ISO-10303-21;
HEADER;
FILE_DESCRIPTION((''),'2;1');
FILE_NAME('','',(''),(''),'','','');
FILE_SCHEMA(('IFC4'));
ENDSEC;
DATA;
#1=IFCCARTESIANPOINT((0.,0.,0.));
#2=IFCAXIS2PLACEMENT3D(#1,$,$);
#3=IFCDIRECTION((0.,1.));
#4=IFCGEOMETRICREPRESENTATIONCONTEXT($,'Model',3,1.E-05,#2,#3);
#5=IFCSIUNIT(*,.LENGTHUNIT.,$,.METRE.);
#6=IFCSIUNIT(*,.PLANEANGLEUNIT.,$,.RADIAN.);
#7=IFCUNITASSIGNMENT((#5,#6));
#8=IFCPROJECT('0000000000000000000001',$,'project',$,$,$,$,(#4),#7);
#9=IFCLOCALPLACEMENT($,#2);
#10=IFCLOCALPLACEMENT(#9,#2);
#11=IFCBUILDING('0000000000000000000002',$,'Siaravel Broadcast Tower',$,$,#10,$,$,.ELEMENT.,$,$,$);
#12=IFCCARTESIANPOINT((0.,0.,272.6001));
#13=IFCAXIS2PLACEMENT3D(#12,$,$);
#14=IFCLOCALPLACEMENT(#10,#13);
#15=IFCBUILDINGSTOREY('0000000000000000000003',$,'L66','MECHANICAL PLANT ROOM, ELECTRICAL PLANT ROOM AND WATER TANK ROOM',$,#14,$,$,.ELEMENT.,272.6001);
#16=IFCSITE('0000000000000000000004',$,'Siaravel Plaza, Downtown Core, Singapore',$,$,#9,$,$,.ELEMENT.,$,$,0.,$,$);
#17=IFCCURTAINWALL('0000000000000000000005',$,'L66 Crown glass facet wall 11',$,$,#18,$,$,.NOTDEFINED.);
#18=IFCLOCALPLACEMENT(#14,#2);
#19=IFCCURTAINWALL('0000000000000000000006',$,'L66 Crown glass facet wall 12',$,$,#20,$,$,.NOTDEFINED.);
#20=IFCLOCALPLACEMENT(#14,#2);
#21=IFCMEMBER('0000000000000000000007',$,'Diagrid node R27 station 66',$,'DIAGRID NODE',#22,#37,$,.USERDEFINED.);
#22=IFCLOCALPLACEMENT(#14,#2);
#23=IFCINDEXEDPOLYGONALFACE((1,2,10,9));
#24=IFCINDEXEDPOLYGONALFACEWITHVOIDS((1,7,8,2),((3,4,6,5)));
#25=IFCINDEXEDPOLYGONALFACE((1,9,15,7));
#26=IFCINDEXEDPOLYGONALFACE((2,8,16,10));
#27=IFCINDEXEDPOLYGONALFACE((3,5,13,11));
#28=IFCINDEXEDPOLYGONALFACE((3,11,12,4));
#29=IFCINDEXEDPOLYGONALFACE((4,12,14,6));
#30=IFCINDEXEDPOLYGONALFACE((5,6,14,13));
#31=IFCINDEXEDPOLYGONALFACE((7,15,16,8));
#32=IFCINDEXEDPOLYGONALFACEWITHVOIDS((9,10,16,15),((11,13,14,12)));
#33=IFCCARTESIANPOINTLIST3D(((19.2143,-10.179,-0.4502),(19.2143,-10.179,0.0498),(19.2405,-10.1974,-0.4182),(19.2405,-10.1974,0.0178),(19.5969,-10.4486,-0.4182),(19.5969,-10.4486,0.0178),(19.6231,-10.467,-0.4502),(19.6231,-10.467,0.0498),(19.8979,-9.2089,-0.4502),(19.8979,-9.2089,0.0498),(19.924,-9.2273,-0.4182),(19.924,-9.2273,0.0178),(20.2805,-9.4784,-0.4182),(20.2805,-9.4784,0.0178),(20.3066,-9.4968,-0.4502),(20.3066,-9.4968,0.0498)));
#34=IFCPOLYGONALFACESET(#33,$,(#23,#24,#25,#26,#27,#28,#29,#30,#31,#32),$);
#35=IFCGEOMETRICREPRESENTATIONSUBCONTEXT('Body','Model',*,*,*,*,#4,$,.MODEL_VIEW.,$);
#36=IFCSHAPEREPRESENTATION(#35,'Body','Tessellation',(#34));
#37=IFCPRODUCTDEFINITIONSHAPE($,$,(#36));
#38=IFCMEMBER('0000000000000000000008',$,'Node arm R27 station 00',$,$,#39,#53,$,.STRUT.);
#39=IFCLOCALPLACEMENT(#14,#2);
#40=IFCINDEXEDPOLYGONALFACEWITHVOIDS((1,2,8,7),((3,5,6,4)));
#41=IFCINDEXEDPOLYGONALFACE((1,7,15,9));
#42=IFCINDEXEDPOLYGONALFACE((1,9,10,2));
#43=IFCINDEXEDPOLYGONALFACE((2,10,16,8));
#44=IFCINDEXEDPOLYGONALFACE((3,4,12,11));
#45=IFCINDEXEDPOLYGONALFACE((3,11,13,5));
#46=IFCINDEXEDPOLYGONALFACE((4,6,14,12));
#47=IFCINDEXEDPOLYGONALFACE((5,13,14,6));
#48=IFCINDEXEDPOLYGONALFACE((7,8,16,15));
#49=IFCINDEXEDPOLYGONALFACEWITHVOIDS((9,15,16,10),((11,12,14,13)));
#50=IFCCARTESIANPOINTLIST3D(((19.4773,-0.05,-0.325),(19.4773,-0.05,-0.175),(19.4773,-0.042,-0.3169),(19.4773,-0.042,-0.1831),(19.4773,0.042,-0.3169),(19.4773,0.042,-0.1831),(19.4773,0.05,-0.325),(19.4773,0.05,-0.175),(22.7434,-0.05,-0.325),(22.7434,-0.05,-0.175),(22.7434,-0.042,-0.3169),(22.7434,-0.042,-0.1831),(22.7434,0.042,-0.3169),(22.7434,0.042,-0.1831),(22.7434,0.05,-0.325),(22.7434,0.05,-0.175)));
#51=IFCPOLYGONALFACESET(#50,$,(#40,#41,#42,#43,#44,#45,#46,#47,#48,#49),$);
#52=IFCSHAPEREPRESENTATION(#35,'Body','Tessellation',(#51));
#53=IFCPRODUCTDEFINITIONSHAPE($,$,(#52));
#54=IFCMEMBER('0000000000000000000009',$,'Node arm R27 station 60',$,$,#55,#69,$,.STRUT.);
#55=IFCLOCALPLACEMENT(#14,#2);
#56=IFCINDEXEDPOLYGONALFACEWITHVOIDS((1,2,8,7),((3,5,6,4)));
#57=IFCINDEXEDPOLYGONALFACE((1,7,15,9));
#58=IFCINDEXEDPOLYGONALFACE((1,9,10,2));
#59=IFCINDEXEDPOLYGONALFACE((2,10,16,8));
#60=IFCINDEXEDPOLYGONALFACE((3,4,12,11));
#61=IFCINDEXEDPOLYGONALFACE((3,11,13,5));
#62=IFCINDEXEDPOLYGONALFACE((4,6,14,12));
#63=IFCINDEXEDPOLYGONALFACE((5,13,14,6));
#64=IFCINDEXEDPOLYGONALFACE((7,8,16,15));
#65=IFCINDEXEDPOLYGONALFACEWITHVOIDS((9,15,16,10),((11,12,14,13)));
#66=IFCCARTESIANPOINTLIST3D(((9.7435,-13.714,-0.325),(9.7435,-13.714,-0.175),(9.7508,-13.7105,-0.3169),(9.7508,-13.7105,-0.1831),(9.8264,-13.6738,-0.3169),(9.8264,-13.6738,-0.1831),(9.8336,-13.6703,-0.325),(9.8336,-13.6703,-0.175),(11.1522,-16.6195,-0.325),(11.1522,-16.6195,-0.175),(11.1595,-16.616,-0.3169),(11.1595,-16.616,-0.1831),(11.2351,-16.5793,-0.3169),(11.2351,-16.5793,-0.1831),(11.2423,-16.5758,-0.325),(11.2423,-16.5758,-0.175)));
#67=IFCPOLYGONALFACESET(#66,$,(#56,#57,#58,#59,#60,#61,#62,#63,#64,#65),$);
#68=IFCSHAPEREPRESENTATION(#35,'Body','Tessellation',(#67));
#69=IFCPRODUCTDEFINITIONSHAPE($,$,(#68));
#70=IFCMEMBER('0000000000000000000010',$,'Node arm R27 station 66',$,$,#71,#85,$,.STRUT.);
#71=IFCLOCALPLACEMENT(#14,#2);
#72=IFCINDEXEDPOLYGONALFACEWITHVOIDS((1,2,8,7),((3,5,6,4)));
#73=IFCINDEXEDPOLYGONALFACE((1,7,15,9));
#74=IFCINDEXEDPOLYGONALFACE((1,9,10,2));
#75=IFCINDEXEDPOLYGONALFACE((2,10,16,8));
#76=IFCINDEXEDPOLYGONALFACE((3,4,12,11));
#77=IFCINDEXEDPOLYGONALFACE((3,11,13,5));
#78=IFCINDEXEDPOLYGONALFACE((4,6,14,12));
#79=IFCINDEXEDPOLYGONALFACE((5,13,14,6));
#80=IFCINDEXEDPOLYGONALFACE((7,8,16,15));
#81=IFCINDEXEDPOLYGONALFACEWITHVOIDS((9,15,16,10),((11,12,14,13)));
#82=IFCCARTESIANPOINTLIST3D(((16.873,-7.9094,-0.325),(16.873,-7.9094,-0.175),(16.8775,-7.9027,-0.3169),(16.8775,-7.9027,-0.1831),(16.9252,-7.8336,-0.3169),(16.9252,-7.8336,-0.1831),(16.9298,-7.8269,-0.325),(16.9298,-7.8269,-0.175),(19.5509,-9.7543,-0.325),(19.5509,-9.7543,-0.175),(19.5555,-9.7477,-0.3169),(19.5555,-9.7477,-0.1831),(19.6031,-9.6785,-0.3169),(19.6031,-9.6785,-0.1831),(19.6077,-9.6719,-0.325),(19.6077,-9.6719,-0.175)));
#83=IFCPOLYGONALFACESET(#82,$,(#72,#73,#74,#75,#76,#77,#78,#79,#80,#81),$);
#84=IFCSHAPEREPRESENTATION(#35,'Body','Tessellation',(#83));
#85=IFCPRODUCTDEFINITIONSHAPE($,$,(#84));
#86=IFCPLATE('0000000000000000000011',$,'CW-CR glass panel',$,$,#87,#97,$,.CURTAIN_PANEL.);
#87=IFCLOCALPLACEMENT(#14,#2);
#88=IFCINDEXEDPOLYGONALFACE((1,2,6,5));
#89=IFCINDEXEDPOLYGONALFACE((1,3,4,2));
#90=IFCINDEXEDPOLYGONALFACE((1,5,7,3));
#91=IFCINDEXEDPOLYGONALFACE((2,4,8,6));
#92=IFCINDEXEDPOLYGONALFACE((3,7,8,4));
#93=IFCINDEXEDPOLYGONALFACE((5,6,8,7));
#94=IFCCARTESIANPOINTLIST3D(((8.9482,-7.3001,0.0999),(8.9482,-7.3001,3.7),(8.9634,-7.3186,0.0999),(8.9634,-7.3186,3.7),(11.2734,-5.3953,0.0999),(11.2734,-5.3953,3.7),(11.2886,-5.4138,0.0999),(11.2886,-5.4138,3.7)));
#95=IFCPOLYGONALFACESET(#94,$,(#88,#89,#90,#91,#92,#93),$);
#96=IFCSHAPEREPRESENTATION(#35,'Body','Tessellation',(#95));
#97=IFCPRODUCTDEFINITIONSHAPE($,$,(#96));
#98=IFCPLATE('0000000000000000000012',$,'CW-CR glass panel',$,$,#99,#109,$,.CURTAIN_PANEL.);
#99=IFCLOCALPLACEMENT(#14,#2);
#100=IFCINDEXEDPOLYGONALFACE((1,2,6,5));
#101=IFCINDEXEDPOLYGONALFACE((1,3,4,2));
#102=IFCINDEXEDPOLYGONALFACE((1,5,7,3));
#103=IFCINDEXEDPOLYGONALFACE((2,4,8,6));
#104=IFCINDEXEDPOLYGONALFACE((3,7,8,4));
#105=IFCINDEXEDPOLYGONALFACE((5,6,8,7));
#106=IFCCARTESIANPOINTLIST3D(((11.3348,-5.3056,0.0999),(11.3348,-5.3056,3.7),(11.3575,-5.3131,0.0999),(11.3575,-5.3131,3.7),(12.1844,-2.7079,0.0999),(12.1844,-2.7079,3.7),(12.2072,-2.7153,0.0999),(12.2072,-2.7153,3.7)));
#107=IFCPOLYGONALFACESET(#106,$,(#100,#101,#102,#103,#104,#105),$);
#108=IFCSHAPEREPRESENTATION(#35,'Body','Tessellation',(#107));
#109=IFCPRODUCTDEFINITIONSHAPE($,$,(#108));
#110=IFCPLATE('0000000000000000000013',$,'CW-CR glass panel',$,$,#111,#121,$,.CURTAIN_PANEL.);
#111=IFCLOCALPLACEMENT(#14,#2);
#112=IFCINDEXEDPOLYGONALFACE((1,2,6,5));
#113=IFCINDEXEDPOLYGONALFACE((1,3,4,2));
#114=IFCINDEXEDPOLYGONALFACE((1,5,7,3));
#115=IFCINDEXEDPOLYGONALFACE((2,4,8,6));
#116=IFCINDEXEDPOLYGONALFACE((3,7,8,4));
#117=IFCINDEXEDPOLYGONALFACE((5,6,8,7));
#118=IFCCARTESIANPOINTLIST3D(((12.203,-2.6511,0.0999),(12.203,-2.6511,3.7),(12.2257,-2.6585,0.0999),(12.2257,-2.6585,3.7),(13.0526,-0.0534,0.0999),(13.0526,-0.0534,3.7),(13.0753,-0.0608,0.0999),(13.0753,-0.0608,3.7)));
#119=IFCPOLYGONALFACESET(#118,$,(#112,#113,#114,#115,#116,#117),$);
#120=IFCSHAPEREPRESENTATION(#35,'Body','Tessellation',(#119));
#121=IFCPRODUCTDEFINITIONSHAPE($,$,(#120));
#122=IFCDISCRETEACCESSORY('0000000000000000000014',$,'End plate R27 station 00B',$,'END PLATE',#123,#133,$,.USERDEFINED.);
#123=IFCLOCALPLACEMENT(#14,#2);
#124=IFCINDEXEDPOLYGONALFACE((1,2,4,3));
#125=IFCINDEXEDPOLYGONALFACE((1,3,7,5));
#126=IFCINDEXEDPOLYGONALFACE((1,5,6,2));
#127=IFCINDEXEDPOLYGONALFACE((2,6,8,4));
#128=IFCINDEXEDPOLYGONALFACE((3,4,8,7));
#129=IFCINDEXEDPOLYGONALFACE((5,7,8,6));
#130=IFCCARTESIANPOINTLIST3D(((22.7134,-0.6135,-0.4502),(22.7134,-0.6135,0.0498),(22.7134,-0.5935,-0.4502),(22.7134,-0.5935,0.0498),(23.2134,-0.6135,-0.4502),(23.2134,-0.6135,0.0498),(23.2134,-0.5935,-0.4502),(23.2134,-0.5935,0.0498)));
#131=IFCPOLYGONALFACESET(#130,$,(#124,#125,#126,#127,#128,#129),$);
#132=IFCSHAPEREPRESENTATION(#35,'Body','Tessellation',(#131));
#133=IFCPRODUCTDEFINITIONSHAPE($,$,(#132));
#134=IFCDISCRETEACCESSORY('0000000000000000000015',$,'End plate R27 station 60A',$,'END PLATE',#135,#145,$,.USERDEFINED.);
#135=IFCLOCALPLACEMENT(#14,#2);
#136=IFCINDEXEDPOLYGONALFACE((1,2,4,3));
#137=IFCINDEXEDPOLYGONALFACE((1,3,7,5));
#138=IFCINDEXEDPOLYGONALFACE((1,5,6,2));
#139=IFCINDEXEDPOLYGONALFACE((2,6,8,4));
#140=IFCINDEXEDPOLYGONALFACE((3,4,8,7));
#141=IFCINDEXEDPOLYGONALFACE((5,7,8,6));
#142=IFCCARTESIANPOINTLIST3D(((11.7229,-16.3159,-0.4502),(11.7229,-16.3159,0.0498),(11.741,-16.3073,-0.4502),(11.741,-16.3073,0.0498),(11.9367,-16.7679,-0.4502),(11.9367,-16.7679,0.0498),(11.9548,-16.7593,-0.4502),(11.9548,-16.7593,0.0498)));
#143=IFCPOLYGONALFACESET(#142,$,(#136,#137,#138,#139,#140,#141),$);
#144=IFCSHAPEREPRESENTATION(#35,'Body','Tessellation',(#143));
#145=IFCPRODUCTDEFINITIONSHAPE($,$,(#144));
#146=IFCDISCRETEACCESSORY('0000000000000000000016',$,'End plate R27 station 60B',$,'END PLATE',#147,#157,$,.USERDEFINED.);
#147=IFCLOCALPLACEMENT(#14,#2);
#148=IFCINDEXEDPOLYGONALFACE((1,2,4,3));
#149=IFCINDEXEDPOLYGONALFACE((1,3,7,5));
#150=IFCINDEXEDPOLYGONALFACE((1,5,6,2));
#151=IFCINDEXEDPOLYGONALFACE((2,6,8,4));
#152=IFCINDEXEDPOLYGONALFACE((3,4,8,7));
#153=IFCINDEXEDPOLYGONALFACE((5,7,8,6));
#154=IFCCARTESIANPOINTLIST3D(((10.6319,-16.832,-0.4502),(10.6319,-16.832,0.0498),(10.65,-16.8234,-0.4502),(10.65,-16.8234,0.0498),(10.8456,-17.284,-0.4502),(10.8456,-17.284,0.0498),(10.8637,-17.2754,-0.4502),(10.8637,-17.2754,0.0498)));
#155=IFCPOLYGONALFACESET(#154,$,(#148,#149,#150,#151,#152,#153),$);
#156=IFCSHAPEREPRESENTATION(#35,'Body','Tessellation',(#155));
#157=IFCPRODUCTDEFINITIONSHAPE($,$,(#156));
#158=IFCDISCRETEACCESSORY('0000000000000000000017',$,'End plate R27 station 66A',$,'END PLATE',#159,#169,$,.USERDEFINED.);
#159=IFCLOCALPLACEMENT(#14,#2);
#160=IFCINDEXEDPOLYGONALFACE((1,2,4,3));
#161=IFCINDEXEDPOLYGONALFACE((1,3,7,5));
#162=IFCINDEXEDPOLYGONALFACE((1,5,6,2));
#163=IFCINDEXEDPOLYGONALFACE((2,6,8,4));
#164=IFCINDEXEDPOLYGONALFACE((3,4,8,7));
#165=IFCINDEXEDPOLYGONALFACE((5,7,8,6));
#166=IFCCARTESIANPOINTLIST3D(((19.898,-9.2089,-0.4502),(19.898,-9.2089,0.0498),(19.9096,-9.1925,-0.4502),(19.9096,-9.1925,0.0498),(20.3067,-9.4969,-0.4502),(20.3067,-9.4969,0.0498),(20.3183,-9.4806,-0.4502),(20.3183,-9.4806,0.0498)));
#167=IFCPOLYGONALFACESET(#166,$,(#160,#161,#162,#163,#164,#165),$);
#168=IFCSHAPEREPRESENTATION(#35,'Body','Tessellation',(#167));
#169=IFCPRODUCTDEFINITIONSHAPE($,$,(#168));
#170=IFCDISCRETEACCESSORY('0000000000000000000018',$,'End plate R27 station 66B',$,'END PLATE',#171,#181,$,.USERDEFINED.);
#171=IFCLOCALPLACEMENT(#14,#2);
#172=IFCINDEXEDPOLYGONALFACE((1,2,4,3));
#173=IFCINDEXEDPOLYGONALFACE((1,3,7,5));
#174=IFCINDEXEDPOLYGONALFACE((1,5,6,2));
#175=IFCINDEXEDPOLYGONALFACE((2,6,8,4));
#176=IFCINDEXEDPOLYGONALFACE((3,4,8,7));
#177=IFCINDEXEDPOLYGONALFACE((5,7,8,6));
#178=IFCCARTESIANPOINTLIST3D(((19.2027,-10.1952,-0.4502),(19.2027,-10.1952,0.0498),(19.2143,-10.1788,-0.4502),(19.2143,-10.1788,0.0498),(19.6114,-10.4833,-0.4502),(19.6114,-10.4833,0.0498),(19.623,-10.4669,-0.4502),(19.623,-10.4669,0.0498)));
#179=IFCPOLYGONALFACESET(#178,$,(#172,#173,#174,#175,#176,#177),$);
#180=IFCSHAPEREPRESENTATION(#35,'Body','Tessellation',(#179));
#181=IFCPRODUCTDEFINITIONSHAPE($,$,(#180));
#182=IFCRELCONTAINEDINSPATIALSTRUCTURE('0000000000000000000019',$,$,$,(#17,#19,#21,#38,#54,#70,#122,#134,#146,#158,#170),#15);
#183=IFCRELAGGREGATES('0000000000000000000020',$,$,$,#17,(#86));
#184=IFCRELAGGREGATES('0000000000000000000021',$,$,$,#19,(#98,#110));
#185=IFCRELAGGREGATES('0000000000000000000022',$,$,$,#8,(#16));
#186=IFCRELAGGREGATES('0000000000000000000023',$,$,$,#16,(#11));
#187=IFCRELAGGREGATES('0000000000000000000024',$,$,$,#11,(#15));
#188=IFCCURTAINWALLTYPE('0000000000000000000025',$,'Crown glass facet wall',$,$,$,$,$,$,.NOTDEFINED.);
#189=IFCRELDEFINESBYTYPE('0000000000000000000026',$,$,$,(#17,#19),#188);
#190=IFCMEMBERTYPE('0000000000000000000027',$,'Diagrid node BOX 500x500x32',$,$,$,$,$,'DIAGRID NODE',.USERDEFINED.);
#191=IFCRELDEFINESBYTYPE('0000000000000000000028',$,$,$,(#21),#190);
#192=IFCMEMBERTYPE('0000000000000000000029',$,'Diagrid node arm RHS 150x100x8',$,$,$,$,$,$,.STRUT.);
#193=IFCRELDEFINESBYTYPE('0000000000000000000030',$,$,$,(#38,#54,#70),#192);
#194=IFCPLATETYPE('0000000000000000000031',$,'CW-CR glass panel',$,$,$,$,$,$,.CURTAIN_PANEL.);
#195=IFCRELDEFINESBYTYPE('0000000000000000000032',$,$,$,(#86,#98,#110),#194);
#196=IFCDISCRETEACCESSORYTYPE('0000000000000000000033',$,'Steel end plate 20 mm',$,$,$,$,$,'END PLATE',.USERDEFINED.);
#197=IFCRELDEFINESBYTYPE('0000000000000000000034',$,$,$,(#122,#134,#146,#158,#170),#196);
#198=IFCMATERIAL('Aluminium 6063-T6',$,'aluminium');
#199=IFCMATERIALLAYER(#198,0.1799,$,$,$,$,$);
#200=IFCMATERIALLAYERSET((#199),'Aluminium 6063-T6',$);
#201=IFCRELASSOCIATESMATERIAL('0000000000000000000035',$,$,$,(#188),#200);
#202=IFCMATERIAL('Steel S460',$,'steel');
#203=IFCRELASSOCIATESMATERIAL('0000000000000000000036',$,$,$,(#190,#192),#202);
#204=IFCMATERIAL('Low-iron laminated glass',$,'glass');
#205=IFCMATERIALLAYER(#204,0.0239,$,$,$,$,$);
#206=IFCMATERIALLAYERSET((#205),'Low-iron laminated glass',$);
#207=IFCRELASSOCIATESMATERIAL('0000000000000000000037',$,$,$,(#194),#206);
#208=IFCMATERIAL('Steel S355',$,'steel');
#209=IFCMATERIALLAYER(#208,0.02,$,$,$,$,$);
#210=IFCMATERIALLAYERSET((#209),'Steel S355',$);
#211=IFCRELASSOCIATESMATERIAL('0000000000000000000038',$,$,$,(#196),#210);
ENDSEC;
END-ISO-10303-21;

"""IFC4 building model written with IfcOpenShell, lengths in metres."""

from ifc_helpers import new_model, si_unit, direction, frame, origin, origin_2d, place, context, subcontext, project, spatial, rectangle, hollow_rectangle, extrude, material, layer, layer_set, material_profile, profile_set, type_object, element, aggregate, save


model = new_model("IFC4")

# Units and contexts
model_context = context("Model", 3, precision=1e-05, world=origin(), true_north=direction((0.0, 1.0)))
body_context = subcontext(model_context, "Body", "Model", "MODEL_VIEW")
ifc_project = project(units=[si_unit("LENGTHUNIT", "METRE"), si_unit("PLANEANGLEUNIT", "RADIAN")], contexts=[model_context])

# Site, building, storey
site_placement = place(None, origin())
site = spatial("IfcSite", under=ifc_project, at=site_placement, Name="Siaravel Plaza, Downtown Core, Singapore", CompositionType="ELEMENT", RefElevation=0.0)
building_placement = place(site_placement, origin())
building = spatial("IfcBuilding", under=site, at=building_placement, Name="Siaravel Broadcast Tower", CompositionType="ELEMENT")
storey_placement = place(building_placement, frame((0.0, 0.0, 272.6001)))
storey = spatial("IfcBuildingStorey", under=building, at=storey_placement, Name="L66", Description="MECHANICAL PLANT ROOM, ELECTRICAL PLANT ROOM AND WATER TANK ROOM", CompositionType="ELEMENT", Elevation=272.6001)

# Curtain walls
ifc_material_1 = material(Name="Aluminium 6063-T6", Category="aluminium")
ifc_layer_1 = layer(ifc_material_1, 0.1799)
ifc_layer_set_1 = layer_set([ifc_layer_1], Name="Aluminium 6063-T6")
curtain_wall_type = type_object("IfcCurtainWallType", Name="Crown glass facet wall", PredefinedType="NOTDEFINED", material=ifc_layer_set_1)
curtain_wall_1_placement = place(storey_placement, origin())
curtain_wall_1 = element("IfcCurtainWall", 1, at=curtain_wall_1_placement, inside=storey, type_object=curtain_wall_type, Name="L66 Crown glass facet wall 11", PredefinedType="NOTDEFINED")
curtain_wall_2_placement = place(storey_placement, origin())
curtain_wall_2 = element("IfcCurtainWall", 2, at=curtain_wall_2_placement, inside=storey, type_object=curtain_wall_type, Name="L66 Crown glass facet wall 12", PredefinedType="NOTDEFINED")

# Members
ifc_material_2 = material(Name="Steel S460", Category="steel")
ifc_material_profile_1 = material_profile(ifc_material_2, hollow_rectangle(XDim=0.5, YDim=0.5, WallThickness=0.032, at=origin_2d()))
ifc_profile_set_1 = profile_set([ifc_material_profile_1], Name="Steel S460")
member_type_1 = type_object("IfcMemberType", Name="Diagrid node BOX 500x500x32", ElementType="DIAGRID NODE", PredefinedType="USERDEFINED", material=ifc_profile_set_1)
for number, where, z_axis, x_axis, name in (
    (3, (19.4187, -10.323, -0.2002), (0.575972, 0.817469, 0.0), (-0.817469, 0.575972, 0.0), "Diagrid node R27 station 66"),
):
    element("IfcMember", number, at=place(storey_placement, frame(where, z_axis=z_axis, x_axis=x_axis)), inside=storey, type_object=member_type_1, Name=name, ObjectType="DIAGRID NODE", PredefinedType="USERDEFINED", context=body_context, shape_type="SweptSolid", body=[
        extrude(hollow_rectangle(XDim=0.5, YDim=0.5, WallThickness=0.032, at=origin_2d()), origin(), (0.0, 0.0, 1.0), 1.1868),
    ])
ifc_material_profile_2 = material_profile(ifc_material_2, hollow_rectangle(XDim=0.1001, YDim=0.1499, WallThickness=0.0081, at=origin_2d()))
ifc_profile_set_2 = profile_set([ifc_material_profile_2], Name="Steel S460")
member_type_2 = type_object("IfcMemberType", Name="Diagrid node arm RHS 150x100x8", PredefinedType="STRUT", material=ifc_profile_set_2)
member_1_placement = place(storey_placement, frame((19.4773, 0.0, -0.25), z_axis=(1.0, 0.0, 0.0), x_axis=(0.0, 1.0, 0.0)))
element("IfcMember", 4, at=member_1_placement, inside=storey, type_object=member_type_2, Name="Node arm R27 station 00", PredefinedType="STRUT", context=body_context, shape_type="SweptSolid", body=[
    extrude(hollow_rectangle(XDim=0.1001, YDim=0.1499, WallThickness=0.0081, at=origin_2d()), origin(), (0.0, 0.0, 1.0), 3.2661),
])
member_2_placement = place(storey_placement, frame((9.7886, -13.6921, -0.25), z_axis=(0.436262, -0.89982, 0.0), x_axis=(0.89982, 0.436262, 0.0)))
element("IfcMember", 5, at=member_2_placement, inside=storey, type_object=member_type_2, Name="Node arm R27 station 60", PredefinedType="STRUT", context=body_context, shape_type="SweptSolid", body=[
    extrude(hollow_rectangle(XDim=0.1001, YDim=0.1499, WallThickness=0.0081, at=origin_2d()), origin(), (0.0, 0.0, 1.0), 3.229),
])
member_3_placement = place(storey_placement, frame((16.9014, -7.8682, -0.25), z_axis=(0.823487, -0.567335, 0.0), x_axis=(0.567335, 0.823487, 0.0)))
element("IfcMember", 6, at=member_3_placement, inside=storey, type_object=member_type_2, Name="Node arm R27 station 66", PredefinedType="STRUT", context=body_context, shape_type="SweptSolid", body=[
    extrude(hollow_rectangle(XDim=0.1001, YDim=0.1499, WallThickness=0.0081, at=origin_2d()), origin(), (0.0, 0.0, 1.0), 3.252),
])

# Plates
ifc_material_3 = material(Name="Low-iron laminated glass", Category="glass")
ifc_layer_2 = layer(ifc_material_3, 0.0239)
ifc_layer_set_2 = layer_set([ifc_layer_2], Name="Low-iron laminated glass")
plate_type = type_object("IfcPlateType", Name="CW-CR glass panel", PredefinedType="CURTAIN_PANEL", material=ifc_layer_set_2)
plate_1_placement = place(storey_placement, frame((10.1184, -6.3569, 0.0999), z_axis=(0.0, 0.0, 1.0), x_axis=(0.773569, 0.633712, 0.0)))
plate_1 = element("IfcPlate", 7, at=plate_1_placement, type_object=plate_type, Name="CW-CR glass panel", PredefinedType="CURTAIN_PANEL", context=body_context, shape_type="SweptSolid", body=[
    extrude(rectangle(XDim=3.0059, YDim=0.0239, at=origin_2d()), origin(), (0.0, 0.0, 1.0), 3.6001),
])
aggregate(curtain_wall_1, [plate_1])
plate_2_placement = place(storey_placement, frame((11.771, -4.0105, 0.0999), z_axis=(0.0, 0.0, 1.0), x_axis=(0.310862, 0.950455, 0.0)))
plate_2 = element("IfcPlate", 8, at=plate_2_placement, type_object=plate_type, Name="CW-CR glass panel", PredefinedType="CURTAIN_PANEL", context=body_context, shape_type="SweptSolid", body=[
    extrude(rectangle(XDim=2.7332, YDim=0.0239, at=origin_2d()), origin(), (0.0, 0.0, 1.0), 3.6001),
])
plate_3_placement = place(storey_placement, frame((12.6392, -1.356, 0.0999), z_axis=(0.0, 0.0, 1.0), x_axis=(0.310862, 0.950455, 0.0)))
plate_3 = element("IfcPlate", 9, at=plate_3_placement, type_object=plate_type, Name="CW-CR glass panel", PredefinedType="CURTAIN_PANEL", context=body_context, shape_type="SweptSolid", body=[
    extrude(rectangle(XDim=2.7332, YDim=0.0239, at=origin_2d()), origin(), (0.0, 0.0, 1.0), 3.6001),
])
aggregate(curtain_wall_2, [plate_2, plate_3])

# Discrete accessories
ifc_material_4 = material(Name="Steel S355", Category="steel")
ifc_layer_3 = layer(ifc_material_4, 0.02)
ifc_layer_set_3 = layer_set([ifc_layer_3], Name="Steel S355")
discrete_accessory_type = type_object("IfcDiscreteAccessoryType", Name="Steel end plate 20 mm", ElementType="END PLATE", PredefinedType="USERDEFINED", material=ifc_layer_set_3)
for number, where, z_axis, x_axis, name in (
    (10, (22.9634, -0.6035, -0.4502), (0.0, 0.0, 1.0), (0.0, 1.0, 0.0), "End plate R27 station 00B"),
    (11, (11.8389, -16.5376, -0.4502), (0.0, 0.0, 1.0), (0.904006, 0.427519, 0.0), "End plate R27 station 60A"),
    (12, (10.7478, -17.0537, -0.4502), (0.0, 0.0, 1.0), (0.904006, 0.427519, 0.0), "End plate R27 station 60B"),
    (13, (20.1082, -9.3447, -0.4502), (0.0, 0.0, 1.0), (0.576119, 0.817366, 0.0), "End plate R27 station 66A"),
    (14, (19.4128, -10.3311, -0.4502), (0.0, 0.0, 1.0), (0.576119, 0.817366, 0.0), "End plate R27 station 66B"),
):
    element("IfcDiscreteAccessory", number, at=place(storey_placement, frame(where, z_axis=z_axis, x_axis=x_axis)), inside=storey, type_object=discrete_accessory_type, Name=name, ObjectType="END PLATE", PredefinedType="USERDEFINED", context=body_context, shape_type="SweptSolid", body=[
        extrude(rectangle(XDim=0.02, YDim=0.5, at=origin_2d()), origin(), (0.0, 0.0, 1.0), 0.5),
    ])

save(model, "model.ifc")
